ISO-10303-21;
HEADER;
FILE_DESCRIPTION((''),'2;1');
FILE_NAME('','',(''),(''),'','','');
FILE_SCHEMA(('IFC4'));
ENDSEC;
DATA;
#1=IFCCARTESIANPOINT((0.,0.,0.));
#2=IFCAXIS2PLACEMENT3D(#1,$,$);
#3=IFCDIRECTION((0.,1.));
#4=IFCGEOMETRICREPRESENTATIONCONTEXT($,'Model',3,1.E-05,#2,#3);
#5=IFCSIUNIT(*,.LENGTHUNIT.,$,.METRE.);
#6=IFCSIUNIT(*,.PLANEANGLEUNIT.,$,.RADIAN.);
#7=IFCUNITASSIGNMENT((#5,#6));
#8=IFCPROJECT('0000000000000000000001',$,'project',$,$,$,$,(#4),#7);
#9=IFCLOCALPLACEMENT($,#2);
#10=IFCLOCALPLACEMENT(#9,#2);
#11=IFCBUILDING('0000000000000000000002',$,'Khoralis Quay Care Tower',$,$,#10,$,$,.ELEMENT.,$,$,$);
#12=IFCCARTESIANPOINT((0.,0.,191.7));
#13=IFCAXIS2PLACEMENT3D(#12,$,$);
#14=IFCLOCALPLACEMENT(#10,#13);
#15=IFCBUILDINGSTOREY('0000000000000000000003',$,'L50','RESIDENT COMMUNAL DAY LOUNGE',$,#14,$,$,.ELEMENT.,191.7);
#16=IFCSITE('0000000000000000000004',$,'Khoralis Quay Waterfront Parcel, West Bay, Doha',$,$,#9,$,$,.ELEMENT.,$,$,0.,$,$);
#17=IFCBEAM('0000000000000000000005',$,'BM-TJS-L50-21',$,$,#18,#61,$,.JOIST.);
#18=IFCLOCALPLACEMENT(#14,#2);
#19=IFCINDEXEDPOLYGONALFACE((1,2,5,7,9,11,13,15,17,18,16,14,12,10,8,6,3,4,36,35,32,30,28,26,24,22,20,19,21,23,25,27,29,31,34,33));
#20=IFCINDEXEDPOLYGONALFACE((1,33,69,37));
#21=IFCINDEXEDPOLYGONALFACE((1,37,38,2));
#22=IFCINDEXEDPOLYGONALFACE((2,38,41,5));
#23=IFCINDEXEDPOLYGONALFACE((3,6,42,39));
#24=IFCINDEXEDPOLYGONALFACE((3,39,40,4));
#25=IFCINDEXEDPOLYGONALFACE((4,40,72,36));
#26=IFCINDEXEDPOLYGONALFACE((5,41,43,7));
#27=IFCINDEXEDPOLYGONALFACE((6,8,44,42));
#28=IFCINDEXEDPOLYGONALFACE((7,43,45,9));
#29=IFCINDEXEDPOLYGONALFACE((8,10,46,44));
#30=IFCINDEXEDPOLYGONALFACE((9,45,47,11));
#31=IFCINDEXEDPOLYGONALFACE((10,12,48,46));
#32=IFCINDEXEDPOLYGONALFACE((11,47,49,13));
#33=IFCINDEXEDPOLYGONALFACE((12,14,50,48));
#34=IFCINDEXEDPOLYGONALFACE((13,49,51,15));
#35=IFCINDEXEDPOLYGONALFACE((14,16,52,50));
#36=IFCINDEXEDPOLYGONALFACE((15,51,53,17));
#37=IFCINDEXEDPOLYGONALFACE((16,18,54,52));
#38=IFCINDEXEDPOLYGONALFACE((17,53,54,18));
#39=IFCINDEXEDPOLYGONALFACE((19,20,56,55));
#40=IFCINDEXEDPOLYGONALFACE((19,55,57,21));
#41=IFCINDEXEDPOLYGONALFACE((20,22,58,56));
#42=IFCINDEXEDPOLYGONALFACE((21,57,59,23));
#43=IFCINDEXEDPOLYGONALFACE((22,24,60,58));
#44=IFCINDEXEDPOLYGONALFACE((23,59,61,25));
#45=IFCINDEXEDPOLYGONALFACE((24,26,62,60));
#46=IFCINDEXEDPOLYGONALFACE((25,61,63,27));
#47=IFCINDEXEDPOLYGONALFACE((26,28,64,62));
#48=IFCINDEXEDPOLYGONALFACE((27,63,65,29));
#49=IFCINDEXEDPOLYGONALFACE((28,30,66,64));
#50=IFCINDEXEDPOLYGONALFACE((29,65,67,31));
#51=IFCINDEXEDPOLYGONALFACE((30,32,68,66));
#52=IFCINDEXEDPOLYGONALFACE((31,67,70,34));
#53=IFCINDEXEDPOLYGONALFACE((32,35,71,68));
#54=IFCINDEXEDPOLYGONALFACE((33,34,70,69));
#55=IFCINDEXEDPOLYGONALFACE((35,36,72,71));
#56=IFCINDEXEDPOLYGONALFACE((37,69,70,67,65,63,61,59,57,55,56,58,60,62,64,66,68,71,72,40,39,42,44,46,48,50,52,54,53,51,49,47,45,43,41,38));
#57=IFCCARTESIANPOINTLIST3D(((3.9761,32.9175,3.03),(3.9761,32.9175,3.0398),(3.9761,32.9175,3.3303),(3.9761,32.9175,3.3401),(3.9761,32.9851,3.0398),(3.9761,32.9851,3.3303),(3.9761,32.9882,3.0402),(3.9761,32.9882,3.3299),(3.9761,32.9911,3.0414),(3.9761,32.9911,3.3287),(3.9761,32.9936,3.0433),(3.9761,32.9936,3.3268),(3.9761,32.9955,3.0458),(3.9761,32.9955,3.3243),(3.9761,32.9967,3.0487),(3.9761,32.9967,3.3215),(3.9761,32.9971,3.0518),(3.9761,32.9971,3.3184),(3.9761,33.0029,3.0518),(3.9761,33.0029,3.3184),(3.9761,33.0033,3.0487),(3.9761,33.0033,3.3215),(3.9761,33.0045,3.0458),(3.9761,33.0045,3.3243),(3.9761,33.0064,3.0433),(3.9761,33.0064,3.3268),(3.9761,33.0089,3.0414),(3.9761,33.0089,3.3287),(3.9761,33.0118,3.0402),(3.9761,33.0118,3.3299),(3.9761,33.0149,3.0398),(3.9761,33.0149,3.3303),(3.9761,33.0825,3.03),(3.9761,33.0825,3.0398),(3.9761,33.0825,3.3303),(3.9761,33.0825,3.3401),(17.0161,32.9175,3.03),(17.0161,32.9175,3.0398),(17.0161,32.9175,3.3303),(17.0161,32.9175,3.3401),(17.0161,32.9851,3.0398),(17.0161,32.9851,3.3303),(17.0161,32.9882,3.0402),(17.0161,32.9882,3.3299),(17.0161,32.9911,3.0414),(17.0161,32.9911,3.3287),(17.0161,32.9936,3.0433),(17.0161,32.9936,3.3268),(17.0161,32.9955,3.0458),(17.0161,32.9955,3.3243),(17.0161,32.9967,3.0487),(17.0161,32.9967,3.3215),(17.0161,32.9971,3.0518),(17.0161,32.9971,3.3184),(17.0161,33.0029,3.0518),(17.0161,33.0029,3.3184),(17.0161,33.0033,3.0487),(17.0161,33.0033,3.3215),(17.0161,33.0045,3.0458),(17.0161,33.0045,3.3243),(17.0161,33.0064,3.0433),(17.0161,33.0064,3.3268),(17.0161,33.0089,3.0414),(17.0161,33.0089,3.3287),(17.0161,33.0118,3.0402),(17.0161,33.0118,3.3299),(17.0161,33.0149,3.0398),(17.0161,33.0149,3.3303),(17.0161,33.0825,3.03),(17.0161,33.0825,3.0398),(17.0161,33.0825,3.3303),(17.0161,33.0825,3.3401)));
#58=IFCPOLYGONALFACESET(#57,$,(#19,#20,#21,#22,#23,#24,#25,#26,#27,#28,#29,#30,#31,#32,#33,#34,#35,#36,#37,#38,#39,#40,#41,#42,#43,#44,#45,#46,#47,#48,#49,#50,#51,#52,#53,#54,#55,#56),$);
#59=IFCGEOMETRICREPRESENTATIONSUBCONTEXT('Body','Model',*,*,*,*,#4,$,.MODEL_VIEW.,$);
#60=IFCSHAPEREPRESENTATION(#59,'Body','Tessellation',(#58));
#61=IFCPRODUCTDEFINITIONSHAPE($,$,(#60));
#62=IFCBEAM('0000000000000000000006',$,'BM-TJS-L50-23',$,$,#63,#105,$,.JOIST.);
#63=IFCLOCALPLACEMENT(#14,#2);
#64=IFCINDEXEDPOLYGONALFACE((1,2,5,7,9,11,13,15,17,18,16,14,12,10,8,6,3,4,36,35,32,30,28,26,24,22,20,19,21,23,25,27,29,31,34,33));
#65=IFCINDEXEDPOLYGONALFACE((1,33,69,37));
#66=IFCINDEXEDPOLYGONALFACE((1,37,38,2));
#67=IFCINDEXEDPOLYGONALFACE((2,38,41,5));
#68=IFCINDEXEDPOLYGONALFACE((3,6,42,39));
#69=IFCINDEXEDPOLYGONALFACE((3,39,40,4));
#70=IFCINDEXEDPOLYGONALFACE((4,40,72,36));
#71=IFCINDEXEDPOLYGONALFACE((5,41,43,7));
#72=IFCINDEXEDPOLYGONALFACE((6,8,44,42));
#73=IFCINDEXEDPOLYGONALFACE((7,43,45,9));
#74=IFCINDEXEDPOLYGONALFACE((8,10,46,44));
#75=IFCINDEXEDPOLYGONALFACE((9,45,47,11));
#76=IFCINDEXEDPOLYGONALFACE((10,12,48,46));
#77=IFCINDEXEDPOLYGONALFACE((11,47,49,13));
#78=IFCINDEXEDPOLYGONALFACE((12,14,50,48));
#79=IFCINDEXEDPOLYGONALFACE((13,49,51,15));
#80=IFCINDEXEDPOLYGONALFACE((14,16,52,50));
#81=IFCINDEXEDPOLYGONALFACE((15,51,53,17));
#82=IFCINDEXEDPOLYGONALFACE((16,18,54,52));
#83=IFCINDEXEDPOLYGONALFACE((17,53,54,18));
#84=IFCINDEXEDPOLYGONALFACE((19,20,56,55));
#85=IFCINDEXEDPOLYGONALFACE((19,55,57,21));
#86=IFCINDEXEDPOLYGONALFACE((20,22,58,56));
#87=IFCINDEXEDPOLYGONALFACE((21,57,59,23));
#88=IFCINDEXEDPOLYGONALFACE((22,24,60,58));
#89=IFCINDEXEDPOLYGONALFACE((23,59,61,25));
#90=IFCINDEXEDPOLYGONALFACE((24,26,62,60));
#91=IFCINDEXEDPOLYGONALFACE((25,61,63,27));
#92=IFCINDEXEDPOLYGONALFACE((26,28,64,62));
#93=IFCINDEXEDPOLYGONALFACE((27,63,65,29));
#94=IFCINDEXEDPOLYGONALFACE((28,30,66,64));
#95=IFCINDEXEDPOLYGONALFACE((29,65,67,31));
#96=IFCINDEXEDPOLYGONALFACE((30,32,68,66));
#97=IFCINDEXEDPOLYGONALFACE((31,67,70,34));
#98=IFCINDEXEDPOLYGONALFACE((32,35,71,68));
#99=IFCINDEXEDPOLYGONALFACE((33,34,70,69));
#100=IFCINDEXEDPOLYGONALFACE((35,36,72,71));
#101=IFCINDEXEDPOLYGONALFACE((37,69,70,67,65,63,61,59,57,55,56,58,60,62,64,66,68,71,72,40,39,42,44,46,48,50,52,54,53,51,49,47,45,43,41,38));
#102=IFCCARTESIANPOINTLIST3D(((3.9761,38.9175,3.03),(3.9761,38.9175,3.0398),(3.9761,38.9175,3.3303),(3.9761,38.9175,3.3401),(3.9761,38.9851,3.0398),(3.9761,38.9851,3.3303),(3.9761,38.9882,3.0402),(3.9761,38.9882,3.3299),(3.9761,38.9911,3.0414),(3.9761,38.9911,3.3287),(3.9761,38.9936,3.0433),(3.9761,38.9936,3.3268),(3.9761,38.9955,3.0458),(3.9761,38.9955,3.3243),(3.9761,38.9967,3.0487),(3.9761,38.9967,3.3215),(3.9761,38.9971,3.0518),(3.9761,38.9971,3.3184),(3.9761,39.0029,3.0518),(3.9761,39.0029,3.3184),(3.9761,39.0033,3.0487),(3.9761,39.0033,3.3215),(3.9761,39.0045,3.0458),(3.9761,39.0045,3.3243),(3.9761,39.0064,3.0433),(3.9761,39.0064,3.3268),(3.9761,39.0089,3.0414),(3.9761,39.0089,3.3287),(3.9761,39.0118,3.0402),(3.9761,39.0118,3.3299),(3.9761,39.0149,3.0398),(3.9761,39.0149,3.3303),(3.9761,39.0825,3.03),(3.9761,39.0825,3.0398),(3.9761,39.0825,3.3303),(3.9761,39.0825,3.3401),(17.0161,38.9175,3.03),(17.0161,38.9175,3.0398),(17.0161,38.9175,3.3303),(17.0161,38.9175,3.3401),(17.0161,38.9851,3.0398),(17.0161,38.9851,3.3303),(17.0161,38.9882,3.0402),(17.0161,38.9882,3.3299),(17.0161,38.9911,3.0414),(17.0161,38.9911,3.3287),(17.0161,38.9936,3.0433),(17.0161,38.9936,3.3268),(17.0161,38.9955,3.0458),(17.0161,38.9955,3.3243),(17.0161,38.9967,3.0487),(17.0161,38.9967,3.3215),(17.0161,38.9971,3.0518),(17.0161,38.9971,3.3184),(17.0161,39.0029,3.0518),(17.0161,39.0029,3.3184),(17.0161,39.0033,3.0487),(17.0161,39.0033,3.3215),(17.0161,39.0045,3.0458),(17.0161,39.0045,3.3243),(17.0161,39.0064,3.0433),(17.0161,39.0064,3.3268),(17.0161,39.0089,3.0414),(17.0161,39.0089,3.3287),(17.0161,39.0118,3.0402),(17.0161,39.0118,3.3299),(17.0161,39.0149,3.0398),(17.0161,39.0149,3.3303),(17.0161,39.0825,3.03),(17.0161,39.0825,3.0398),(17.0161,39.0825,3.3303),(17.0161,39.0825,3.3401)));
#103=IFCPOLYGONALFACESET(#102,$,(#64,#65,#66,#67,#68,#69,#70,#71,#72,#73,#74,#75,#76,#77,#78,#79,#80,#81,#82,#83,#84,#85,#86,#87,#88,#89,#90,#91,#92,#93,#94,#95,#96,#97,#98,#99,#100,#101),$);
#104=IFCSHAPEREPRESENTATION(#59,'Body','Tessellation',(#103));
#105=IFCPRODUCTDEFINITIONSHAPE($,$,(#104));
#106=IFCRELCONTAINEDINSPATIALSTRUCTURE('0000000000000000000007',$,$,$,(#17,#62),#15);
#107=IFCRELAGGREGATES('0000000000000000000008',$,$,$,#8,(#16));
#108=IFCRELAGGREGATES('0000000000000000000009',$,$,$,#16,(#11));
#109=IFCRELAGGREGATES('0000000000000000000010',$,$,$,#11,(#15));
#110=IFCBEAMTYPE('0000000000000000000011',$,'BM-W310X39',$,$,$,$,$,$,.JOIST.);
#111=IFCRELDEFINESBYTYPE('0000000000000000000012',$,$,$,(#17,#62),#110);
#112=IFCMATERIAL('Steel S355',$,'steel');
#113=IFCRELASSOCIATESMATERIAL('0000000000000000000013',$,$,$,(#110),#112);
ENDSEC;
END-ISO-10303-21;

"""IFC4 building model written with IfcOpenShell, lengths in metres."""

from ifc_helpers import new_model, si_unit, direction, frame, origin, origin_2d, place, context, subcontext, project, spatial, i_section, extrude, source, transform, mapped, material, material_profile, profile_set, type_object, element, save


model = new_model("IFC4")

# Units and contexts
model_context = context("Model", 3, precision=1e-05, world=origin(), true_north=direction((0.0, 1.0)))
body_context = subcontext(model_context, "Body", "Model", "MODEL_VIEW")
ifc_project = project(units=[si_unit("LENGTHUNIT", "METRE"), si_unit("PLANEANGLEUNIT", "RADIAN")], contexts=[model_context])

# Site, building, storey
site_placement = place(None, origin())
site = spatial("IfcSite", under=ifc_project, at=site_placement, Name="Khoralis Quay Waterfront Parcel, West Bay, Doha", CompositionType="ELEMENT", RefElevation=0.0)
building_placement = place(site_placement, origin())
building = spatial("IfcBuilding", under=site, at=building_placement, Name="Khoralis Quay Care Tower", CompositionType="ELEMENT")
storey_placement = place(building_placement, frame((0.0, 0.0, 191.7)))
storey = spatial("IfcBuildingStorey", under=building, at=storey_placement, Name="L50", Description="RESIDENT COMMUNAL DAY LOUNGE", CompositionType="ELEMENT", Elevation=191.7)

# Beams
ifc_material_1 = material(Name="Steel S355", Category="steel")
ifc_material_profile_1 = material_profile(ifc_material_1, i_section(OverallWidth=0.165, OverallDepth=0.3101, WebThickness=0.0059, FlangeThickness=0.0098, FilletRadius=0.012, at=origin_2d()), Name="Steel S355")
ifc_profile_set_1 = profile_set([ifc_material_profile_1], Name="Steel S355")
beam_type_1 = type_object("IfcBeamType", Name="BM-W310X39", PredefinedType="JOIST", material=ifc_profile_set_1)
shared_shape_1 = source(origin(), body_context, "Body", "SweptSolid", [
    extrude(i_section(OverallWidth=0.165, OverallDepth=0.3101, WebThickness=0.0059, FlangeThickness=0.0098, FilletRadius=0.012, at=origin_2d()), origin(), (0.0, 0.0, 1.0), 13.04),
])
for number, where, z_axis, x_axis, name in (
    (1, (3.9761, 33.0, 3.1851), (1.0, 0.0, 0.0), (0.0, 1.0, 0.0), "BM-TJS-L50-21"),
    (2, (3.9761, 39.0, 3.1851), (1.0, 0.0, 0.0), (0.0, 1.0, 0.0), "BM-TJS-L50-23"),
):
    element("IfcBeam", number, at=place(storey_placement, frame(where, z_axis=z_axis, x_axis=x_axis)), inside=storey, type_object=beam_type_1, Name=name, PredefinedType="JOIST", context=body_context, shape_type="MappedRepresentation", body=[
        mapped(shared_shape_1, transform((0.0, 0.0, 0.0), scale=1.0)),
    ])

save(model, "model.ifc")
